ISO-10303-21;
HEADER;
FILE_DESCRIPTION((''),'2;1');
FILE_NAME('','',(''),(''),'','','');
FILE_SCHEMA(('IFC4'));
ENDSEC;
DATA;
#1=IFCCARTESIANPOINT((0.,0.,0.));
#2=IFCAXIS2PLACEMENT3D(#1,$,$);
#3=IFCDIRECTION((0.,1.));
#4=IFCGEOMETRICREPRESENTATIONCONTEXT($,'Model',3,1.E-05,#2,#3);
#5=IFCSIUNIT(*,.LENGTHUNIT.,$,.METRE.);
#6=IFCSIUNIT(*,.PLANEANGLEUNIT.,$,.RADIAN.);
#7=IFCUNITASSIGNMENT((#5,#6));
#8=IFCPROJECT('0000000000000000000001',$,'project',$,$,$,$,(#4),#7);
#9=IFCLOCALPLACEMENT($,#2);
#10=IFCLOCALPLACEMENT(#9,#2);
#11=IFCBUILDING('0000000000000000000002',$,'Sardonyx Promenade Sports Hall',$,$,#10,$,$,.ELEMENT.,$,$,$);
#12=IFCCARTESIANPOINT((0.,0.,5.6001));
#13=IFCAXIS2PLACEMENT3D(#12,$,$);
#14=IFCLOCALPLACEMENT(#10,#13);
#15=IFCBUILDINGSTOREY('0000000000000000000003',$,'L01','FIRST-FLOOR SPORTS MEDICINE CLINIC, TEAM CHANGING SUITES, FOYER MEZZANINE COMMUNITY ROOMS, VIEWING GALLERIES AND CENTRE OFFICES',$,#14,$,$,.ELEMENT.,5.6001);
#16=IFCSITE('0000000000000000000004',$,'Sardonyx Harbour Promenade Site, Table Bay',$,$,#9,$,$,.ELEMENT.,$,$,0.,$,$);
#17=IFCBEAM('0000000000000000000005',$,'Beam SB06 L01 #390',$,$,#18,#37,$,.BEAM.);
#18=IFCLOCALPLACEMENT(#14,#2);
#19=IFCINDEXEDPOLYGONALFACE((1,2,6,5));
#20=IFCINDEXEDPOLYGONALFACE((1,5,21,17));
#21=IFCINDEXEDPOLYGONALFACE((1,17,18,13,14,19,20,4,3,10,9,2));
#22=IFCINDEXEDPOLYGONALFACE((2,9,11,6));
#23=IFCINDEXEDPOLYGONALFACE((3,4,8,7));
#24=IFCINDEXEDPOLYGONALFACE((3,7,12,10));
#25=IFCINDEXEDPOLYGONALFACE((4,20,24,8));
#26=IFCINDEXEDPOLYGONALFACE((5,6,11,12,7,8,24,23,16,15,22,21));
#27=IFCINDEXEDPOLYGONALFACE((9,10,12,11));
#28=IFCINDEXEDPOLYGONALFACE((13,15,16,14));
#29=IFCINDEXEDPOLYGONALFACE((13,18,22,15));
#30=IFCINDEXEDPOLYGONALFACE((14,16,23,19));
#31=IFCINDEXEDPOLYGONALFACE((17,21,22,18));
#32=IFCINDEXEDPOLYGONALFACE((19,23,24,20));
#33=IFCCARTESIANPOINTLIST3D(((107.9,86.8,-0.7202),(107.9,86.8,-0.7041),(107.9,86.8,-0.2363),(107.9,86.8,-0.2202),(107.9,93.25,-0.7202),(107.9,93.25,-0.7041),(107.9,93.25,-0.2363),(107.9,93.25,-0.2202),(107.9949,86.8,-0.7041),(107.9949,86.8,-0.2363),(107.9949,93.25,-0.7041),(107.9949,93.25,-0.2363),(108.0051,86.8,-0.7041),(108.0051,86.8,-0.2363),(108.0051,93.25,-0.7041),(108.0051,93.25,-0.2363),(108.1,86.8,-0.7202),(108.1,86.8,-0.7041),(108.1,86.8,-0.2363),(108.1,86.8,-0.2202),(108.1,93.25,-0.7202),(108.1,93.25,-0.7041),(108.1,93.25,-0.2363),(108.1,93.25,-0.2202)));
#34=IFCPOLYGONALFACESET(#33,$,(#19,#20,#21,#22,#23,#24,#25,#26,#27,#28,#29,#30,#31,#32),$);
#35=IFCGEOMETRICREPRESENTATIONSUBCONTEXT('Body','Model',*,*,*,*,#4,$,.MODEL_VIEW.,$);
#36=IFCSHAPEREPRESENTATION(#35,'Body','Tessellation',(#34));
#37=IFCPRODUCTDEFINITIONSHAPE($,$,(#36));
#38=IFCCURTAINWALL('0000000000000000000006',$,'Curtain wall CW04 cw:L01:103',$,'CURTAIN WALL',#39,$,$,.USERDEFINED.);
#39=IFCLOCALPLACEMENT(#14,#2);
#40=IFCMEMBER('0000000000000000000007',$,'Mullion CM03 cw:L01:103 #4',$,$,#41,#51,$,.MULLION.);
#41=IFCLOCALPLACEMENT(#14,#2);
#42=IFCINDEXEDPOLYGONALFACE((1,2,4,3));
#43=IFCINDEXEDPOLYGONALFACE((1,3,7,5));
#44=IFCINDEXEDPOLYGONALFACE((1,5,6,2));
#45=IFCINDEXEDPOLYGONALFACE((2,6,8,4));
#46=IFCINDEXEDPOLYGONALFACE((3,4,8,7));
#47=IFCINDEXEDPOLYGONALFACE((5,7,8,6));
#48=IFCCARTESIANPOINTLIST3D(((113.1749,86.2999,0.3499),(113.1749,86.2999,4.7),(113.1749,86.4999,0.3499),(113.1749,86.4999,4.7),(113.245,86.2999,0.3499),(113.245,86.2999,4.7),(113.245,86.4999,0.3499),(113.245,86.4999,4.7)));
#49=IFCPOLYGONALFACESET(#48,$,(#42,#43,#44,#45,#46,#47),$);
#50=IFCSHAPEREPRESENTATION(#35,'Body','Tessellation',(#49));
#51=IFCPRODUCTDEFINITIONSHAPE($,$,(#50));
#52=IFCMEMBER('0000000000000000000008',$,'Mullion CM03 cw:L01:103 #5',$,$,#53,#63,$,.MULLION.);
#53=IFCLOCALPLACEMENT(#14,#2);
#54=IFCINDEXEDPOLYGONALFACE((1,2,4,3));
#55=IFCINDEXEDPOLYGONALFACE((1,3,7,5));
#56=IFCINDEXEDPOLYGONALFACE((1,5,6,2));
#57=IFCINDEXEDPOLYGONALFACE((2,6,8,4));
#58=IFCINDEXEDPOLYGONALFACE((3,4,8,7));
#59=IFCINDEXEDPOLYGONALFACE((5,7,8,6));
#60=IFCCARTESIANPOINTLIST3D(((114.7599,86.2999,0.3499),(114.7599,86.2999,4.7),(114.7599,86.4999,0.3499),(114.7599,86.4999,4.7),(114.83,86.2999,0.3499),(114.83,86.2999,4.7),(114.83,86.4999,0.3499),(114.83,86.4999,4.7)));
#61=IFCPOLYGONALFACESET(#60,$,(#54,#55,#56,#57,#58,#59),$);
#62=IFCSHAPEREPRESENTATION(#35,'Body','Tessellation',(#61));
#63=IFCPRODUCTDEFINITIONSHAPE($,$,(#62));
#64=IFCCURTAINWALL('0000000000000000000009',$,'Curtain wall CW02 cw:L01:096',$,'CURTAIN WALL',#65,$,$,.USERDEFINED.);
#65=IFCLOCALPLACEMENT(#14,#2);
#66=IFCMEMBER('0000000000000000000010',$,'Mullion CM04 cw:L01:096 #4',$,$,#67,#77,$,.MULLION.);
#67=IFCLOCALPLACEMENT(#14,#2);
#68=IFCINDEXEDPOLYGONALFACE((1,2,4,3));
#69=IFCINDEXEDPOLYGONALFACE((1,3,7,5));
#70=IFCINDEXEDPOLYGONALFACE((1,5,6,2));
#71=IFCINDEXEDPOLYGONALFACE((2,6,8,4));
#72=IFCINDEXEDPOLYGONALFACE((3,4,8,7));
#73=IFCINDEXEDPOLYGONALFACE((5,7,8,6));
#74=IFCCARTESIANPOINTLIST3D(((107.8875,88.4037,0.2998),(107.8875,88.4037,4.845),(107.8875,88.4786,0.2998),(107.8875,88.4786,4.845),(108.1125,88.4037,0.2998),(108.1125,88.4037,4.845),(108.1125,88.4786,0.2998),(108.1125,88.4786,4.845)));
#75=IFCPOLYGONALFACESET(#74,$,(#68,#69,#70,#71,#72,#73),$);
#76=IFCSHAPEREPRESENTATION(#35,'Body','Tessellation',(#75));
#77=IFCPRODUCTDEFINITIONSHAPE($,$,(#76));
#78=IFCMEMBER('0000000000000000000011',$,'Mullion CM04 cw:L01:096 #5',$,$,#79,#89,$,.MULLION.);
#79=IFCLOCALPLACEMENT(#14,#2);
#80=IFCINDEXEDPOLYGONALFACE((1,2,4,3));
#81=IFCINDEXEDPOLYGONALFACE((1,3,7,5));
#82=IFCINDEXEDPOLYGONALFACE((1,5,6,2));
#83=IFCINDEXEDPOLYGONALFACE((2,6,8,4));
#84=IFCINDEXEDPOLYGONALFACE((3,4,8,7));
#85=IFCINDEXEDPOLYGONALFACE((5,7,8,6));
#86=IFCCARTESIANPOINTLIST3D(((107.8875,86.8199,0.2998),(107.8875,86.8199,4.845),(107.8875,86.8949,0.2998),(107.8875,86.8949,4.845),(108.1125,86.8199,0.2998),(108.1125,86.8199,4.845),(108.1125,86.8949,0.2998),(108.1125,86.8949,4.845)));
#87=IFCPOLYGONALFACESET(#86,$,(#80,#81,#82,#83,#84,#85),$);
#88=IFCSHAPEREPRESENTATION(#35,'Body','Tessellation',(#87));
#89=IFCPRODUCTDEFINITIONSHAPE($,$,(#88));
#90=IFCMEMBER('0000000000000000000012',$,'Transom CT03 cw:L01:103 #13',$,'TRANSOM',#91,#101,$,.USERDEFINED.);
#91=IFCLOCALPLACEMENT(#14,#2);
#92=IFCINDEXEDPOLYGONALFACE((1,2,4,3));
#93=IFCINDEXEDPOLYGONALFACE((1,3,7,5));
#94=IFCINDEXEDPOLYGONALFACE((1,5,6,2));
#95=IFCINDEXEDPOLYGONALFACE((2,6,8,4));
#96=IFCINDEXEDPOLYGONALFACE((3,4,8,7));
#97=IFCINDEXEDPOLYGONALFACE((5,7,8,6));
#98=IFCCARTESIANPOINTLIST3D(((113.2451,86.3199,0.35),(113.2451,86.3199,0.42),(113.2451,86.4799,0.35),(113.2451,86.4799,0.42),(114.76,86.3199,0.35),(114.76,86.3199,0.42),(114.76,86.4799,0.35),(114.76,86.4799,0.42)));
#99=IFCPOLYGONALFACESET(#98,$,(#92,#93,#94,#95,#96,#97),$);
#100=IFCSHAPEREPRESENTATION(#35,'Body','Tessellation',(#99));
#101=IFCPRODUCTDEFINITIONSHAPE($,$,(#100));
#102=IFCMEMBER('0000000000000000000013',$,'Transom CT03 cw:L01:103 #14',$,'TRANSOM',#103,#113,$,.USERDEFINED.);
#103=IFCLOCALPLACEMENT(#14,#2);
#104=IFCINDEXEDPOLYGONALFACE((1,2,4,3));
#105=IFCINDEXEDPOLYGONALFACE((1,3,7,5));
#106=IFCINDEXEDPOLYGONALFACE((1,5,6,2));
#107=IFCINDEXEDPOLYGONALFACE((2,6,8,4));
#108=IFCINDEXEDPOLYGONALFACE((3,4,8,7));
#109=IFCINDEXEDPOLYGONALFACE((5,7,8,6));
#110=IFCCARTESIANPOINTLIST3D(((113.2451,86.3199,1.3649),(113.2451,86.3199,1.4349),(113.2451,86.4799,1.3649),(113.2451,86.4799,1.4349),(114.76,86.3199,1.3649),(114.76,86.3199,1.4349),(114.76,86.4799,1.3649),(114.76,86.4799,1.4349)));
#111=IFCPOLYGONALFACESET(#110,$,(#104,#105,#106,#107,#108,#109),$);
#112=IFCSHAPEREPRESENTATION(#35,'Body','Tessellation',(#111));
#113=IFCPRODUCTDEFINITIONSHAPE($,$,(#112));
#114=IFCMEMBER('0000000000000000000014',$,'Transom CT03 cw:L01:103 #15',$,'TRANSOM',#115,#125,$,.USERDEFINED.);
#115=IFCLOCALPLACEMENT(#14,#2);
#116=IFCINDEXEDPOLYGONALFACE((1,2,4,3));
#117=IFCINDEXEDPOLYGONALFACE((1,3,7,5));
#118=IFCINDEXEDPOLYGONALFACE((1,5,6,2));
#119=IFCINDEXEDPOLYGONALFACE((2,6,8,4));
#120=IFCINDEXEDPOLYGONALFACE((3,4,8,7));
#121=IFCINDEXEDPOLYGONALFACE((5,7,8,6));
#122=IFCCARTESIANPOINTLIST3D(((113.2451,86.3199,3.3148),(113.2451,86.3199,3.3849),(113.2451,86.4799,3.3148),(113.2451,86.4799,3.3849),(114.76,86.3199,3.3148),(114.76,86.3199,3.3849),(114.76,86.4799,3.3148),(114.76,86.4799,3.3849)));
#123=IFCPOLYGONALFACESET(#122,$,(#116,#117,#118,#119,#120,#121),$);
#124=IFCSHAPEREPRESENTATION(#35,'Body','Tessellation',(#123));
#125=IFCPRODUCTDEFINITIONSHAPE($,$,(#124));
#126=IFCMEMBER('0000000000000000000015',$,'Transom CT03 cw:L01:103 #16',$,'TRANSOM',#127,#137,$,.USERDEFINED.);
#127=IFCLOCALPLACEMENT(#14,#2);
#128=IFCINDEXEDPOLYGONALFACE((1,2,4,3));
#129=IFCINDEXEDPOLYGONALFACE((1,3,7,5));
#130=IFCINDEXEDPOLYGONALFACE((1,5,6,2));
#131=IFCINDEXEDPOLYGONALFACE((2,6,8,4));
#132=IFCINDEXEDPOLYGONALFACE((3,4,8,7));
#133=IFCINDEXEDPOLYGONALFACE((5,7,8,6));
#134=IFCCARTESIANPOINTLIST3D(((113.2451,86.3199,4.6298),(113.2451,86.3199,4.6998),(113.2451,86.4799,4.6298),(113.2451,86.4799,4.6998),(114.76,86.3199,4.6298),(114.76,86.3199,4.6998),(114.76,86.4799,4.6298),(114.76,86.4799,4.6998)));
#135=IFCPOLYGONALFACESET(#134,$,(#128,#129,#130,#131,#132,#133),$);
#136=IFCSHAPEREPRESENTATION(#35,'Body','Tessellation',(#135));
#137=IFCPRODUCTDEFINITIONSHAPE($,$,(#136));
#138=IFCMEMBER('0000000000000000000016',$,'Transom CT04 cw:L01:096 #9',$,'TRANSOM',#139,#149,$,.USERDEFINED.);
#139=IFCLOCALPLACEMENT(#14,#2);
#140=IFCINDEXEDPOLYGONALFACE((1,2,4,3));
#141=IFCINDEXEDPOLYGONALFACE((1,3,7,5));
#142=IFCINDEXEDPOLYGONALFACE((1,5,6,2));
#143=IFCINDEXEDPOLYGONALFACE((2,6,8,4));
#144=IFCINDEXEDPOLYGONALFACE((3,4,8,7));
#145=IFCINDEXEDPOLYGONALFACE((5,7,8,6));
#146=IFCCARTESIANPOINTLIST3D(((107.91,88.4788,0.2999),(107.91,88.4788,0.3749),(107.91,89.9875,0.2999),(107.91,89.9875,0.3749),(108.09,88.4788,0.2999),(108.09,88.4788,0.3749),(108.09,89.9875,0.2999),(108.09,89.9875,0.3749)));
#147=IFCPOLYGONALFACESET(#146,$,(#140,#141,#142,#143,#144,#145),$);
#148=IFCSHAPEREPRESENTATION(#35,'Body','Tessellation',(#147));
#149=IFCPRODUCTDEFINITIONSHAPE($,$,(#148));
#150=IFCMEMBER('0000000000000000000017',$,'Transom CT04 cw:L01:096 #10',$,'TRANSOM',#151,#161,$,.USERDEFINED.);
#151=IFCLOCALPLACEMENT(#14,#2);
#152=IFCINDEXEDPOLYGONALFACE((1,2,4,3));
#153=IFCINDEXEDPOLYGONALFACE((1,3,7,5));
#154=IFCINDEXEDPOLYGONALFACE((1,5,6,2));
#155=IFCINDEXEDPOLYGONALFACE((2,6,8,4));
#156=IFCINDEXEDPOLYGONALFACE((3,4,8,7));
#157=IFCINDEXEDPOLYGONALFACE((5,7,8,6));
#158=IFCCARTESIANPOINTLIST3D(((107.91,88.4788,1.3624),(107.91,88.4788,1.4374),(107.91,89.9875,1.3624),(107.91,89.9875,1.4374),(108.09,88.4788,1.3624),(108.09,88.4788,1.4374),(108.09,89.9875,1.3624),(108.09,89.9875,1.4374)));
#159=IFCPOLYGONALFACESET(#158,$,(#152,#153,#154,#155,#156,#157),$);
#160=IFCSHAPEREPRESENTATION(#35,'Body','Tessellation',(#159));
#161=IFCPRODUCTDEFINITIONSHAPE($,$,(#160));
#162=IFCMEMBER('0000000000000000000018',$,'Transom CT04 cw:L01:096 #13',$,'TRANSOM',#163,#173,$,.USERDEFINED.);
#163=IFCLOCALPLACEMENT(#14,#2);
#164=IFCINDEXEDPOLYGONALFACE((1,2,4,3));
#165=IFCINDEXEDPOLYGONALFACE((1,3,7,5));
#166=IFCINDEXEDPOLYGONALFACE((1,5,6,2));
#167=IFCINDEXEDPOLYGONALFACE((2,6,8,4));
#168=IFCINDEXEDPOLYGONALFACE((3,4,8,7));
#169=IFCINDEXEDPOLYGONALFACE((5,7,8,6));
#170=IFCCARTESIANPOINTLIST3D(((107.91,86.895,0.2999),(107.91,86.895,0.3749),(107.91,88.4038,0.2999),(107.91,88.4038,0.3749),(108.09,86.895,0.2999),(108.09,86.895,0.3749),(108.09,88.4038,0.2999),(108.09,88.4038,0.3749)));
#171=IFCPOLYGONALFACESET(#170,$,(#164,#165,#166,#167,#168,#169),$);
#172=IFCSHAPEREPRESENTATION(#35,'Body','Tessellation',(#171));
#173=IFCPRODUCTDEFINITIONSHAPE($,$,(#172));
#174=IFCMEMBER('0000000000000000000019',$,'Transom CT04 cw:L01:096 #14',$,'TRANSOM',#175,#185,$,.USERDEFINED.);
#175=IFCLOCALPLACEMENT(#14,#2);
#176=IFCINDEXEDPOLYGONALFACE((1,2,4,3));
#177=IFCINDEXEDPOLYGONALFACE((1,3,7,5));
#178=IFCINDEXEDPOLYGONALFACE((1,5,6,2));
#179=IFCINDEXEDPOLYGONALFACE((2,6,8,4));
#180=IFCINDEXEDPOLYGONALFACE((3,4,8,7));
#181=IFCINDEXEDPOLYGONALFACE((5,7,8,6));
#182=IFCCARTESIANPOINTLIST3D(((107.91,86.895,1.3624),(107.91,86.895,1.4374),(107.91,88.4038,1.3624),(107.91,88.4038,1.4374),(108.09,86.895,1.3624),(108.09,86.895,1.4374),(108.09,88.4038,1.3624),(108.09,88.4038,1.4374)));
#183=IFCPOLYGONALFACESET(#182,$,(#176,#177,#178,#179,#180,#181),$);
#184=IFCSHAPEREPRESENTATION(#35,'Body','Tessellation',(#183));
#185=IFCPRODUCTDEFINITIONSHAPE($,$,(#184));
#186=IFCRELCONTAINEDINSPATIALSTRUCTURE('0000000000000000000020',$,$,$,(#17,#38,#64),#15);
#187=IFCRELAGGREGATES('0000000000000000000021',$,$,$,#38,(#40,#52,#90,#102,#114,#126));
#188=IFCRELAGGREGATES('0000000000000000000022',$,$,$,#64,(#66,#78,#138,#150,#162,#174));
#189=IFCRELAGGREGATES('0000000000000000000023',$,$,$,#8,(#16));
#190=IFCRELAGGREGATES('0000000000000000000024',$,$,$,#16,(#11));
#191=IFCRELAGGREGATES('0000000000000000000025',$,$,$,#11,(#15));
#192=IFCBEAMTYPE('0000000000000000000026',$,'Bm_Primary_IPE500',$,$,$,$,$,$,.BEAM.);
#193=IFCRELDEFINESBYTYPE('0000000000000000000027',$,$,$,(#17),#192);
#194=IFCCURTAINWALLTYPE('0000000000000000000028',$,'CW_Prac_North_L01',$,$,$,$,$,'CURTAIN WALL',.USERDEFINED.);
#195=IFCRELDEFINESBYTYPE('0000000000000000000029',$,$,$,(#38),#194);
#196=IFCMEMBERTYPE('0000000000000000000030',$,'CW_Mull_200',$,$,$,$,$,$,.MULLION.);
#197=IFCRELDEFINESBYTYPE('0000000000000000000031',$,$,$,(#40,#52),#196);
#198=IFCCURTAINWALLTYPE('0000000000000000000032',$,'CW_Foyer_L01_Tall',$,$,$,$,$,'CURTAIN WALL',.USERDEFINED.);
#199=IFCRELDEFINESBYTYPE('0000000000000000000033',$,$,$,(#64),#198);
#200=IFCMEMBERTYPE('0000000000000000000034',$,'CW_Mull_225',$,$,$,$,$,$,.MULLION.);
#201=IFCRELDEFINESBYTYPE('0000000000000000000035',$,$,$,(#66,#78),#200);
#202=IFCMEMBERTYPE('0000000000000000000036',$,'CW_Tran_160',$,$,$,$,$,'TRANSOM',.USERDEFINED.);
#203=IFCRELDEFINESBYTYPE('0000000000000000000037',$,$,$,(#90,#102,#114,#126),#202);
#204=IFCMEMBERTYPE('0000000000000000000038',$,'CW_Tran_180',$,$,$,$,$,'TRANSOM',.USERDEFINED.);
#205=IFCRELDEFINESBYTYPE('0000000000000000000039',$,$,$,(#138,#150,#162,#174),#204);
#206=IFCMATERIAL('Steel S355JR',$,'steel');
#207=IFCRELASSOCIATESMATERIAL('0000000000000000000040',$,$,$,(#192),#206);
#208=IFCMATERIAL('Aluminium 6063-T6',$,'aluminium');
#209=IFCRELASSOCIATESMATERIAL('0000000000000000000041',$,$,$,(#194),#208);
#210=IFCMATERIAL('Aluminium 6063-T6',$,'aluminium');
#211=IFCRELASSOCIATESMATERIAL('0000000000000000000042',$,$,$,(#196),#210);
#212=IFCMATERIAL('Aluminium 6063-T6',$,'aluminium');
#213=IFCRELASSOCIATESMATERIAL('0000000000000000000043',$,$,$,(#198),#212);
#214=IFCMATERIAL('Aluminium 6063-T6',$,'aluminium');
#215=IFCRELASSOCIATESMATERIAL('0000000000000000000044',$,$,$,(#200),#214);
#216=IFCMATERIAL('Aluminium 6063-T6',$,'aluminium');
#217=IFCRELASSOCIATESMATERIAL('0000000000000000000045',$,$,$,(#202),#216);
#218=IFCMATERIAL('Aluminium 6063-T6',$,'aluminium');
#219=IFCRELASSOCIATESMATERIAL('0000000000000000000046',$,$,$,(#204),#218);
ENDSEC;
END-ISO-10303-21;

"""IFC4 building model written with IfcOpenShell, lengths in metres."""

from ifc_helpers import new_model, si_unit, direction, frame, origin, origin_2d, place, context, subcontext, project, spatial, rectangle, i_section, extrude, material, material_profile, profile_set, type_object, element, aggregate, save


model = new_model("IFC4")

# Units and contexts
model_context = context("Model", 3, precision=1e-05, world=origin(), true_north=direction((0.0, 1.0)))
body_context = subcontext(model_context, "Body", "Model", "MODEL_VIEW")
ifc_project = project(units=[si_unit("LENGTHUNIT", "METRE"), si_unit("PLANEANGLEUNIT", "RADIAN")], contexts=[model_context])

# Site, building, storey
site_placement = place(None, origin())
site = spatial("IfcSite", under=ifc_project, at=site_placement, Name="Sardonyx Harbour Promenade Site, Table Bay", CompositionType="ELEMENT", RefElevation=0.0)
building_placement = place(site_placement, origin())
building = spatial("IfcBuilding", under=site, at=building_placement, Name="Sardonyx Promenade Sports Hall", CompositionType="ELEMENT")
storey_placement = place(building_placement, frame((0.0, 0.0, 5.6001)))
storey = spatial("IfcBuildingStorey", under=building, at=storey_placement, Name="L01", Description="FIRST-FLOOR SPORTS MEDICINE CLINIC, TEAM CHANGING SUITES, FOYER MEZZANINE COMMUNITY ROOMS, VIEWING GALLERIES AND CENTRE OFFICES", CompositionType="ELEMENT", Elevation=5.6001)

# Beam
ifc_material_1 = material(Name="Steel S355JR", Category="steel")
ifc_material_profile_1 = material_profile(ifc_material_1, i_section(OverallWidth=0.2, OverallDepth=0.5, WebThickness=0.0103, FlangeThickness=0.0161, at=origin_2d()))
ifc_profile_set_1 = profile_set([ifc_material_profile_1], Name="Steel S355JR")
beam_type = type_object("IfcBeamType", Name="Bm_Primary_IPE500", PredefinedType="BEAM", material=ifc_profile_set_1)
beam_placement = place(storey_placement, frame((108.0, 86.8, -0.4702), z_axis=(0.0, 1.0, 0.0), x_axis=(-1.0, 0.0, 0.0)))
element("IfcBeam", 1, at=beam_placement, inside=storey, type_object=beam_type, Name="Beam SB06 L01 #390", PredefinedType="BEAM", context=body_context, shape_type="SweptSolid", body=[
    extrude(i_section(OverallWidth=0.2, OverallDepth=0.5, WebThickness=0.0103, FlangeThickness=0.0161, at=origin_2d()), origin(), (0.0, 0.0, 1.0), 6.45),
])

# Curtain walls, members
ifc_material_2 = material(Name="Aluminium 6063-T6", Category="aluminium")
curtain_wall_type_1 = type_object("IfcCurtainWallType", Name="CW_Prac_North_L01", ElementType="CURTAIN WALL", PredefinedType="USERDEFINED", material=ifc_material_2)
curtain_wall_1_placement = place(storey_placement, origin())
curtain_wall_1 = element("IfcCurtainWall", 2, at=curtain_wall_1_placement, inside=storey, type_object=curtain_wall_type_1, Name="Curtain wall CW04 cw:L01:103", ObjectType="CURTAIN WALL", PredefinedType="USERDEFINED")
ifc_material_3 = material(Name="Aluminium 6063-T6", Category="aluminium")
ifc_material_profile_2 = material_profile(ifc_material_3, rectangle(XDim=0.0701, YDim=0.2, at=origin_2d()))
ifc_profile_set_2 = profile_set([ifc_material_profile_2], Name="Aluminium 6063-T6")
member_type_1 = type_object("IfcMemberType", Name="CW_Mull_200", PredefinedType="MULLION", material=ifc_profile_set_2)
member_1_placement = place(storey_placement, frame((113.21, 86.3999, 0.3499), z_axis=(0.0, 0.0, 1.0), x_axis=(1.0, 0.0, 0.0)))
member_1 = element("IfcMember", 3, at=member_1_placement, type_object=member_type_1, Name="Mullion CM03 cw:L01:103 #4", PredefinedType="MULLION", context=body_context, shape_type="SweptSolid", body=[
    extrude(rectangle(XDim=0.0701, YDim=0.2, at=origin_2d()), origin(), (0.0, 0.0, 1.0), 4.3501),
])
member_2_placement = place(storey_placement, frame((114.7949, 86.3999, 0.3499), z_axis=(0.0, 0.0, 1.0), x_axis=(1.0, 0.0, 0.0)))
member_2 = element("IfcMember", 4, at=member_2_placement, type_object=member_type_1, Name="Mullion CM03 cw:L01:103 #5", PredefinedType="MULLION", context=body_context, shape_type="SweptSolid", body=[
    extrude(rectangle(XDim=0.0701, YDim=0.2, at=origin_2d()), origin(), (0.0, 0.0, 1.0), 4.3501),
])
ifc_material_4 = material(Name="Aluminium 6063-T6", Category="aluminium")
curtain_wall_type_2 = type_object("IfcCurtainWallType", Name="CW_Foyer_L01_Tall", ElementType="CURTAIN WALL", PredefinedType="USERDEFINED", material=ifc_material_4)
curtain_wall_2_placement = place(storey_placement, origin())
curtain_wall_2 = element("IfcCurtainWall", 5, at=curtain_wall_2_placement, inside=storey, type_object=curtain_wall_type_2, Name="Curtain wall CW02 cw:L01:096", ObjectType="CURTAIN WALL", PredefinedType="USERDEFINED")
ifc_material_5 = material(Name="Aluminium 6063-T6", Category="aluminium")
ifc_material_profile_3 = material_profile(ifc_material_5, rectangle(XDim=0.075, YDim=0.2251, at=origin_2d()))
ifc_profile_set_3 = profile_set([ifc_material_profile_3], Name="Aluminium 6063-T6")
member_type_2 = type_object("IfcMemberType", Name="CW_Mull_225", PredefinedType="MULLION", material=ifc_profile_set_3)
member_3_placement = place(storey_placement, frame((108.0, 88.4412, 0.2998), z_axis=(0.0, 0.0, 1.0), x_axis=(0.0, -1.0, 0.0)))
member_3 = element("IfcMember", 6, at=member_3_placement, type_object=member_type_2, Name="Mullion CM04 cw:L01:096 #4", PredefinedType="MULLION", context=body_context, shape_type="SweptSolid", body=[
    extrude(rectangle(XDim=0.075, YDim=0.2251, at=origin_2d()), origin(), (0.0, 0.0, 1.0), 4.5452),
])
member_4_placement = place(storey_placement, frame((108.0, 86.8574, 0.2998), z_axis=(0.0, 0.0, 1.0), x_axis=(0.0, -1.0, 0.0)))
member_4 = element("IfcMember", 7, at=member_4_placement, type_object=member_type_2, Name="Mullion CM04 cw:L01:096 #5", PredefinedType="MULLION", context=body_context, shape_type="SweptSolid", body=[
    extrude(rectangle(XDim=0.075, YDim=0.2251, at=origin_2d()), origin(), (0.0, 0.0, 1.0), 4.5452),
])

# Members
ifc_material_6 = material(Name="Aluminium 6063-T6", Category="aluminium")
ifc_material_profile_4 = material_profile(ifc_material_6, rectangle(XDim=0.0701, YDim=0.1599, at=origin_2d()))
ifc_profile_set_4 = profile_set([ifc_material_profile_4], Name="Aluminium 6063-T6")
member_type_3 = type_object("IfcMemberType", Name="CW_Tran_160", ElementType="TRANSOM", PredefinedType="USERDEFINED", material=ifc_profile_set_4)
member_5_placement = place(storey_placement, frame((113.2451, 86.3999, 0.385), z_axis=(1.0, 0.0, 0.0), x_axis=(0.0, 0.0, 1.0)))
member_5 = element("IfcMember", 8, at=member_5_placement, type_object=member_type_3, Name="Transom CT03 cw:L01:103 #13", ObjectType="TRANSOM", PredefinedType="USERDEFINED", context=body_context, shape_type="SweptSolid", body=[
    extrude(rectangle(XDim=0.0701, YDim=0.1599, at=origin_2d()), origin(), (0.0, 0.0, 1.0), 1.5149),
])
member_6_placement = place(storey_placement, frame((113.2451, 86.3999, 1.3999), z_axis=(1.0, 0.0, 0.0), x_axis=(0.0, 0.0, 1.0)))
member_6 = element("IfcMember", 9, at=member_6_placement, type_object=member_type_3, Name="Transom CT03 cw:L01:103 #14", ObjectType="TRANSOM", PredefinedType="USERDEFINED", context=body_context, shape_type="SweptSolid", body=[
    extrude(rectangle(XDim=0.0701, YDim=0.1599, at=origin_2d()), origin(), (0.0, 0.0, 1.0), 1.5149),
])
member_7_placement = place(storey_placement, frame((113.2451, 86.3999, 3.3499), z_axis=(1.0, 0.0, 0.0), x_axis=(0.0, 0.0, 1.0)))
member_7 = element("IfcMember", 10, at=member_7_placement, type_object=member_type_3, Name="Transom CT03 cw:L01:103 #15", ObjectType="TRANSOM", PredefinedType="USERDEFINED", context=body_context, shape_type="SweptSolid", body=[
    extrude(rectangle(XDim=0.0701, YDim=0.1599, at=origin_2d()), origin(), (0.0, 0.0, 1.0), 1.5149),
])
member_8_placement = place(storey_placement, frame((113.2451, 86.3999, 4.6648), z_axis=(1.0, 0.0, 0.0), x_axis=(0.0, 0.0, 1.0)))
member_8 = element("IfcMember", 11, at=member_8_placement, type_object=member_type_3, Name="Transom CT03 cw:L01:103 #16", ObjectType="TRANSOM", PredefinedType="USERDEFINED", context=body_context, shape_type="SweptSolid", body=[
    extrude(rectangle(XDim=0.0701, YDim=0.1599, at=origin_2d()), origin(), (0.0, 0.0, 1.0), 1.5149),
])
ifc_material_7 = material(Name="Aluminium 6063-T6", Category="aluminium")
ifc_material_profile_5 = material_profile(ifc_material_7, rectangle(XDim=0.075, YDim=0.1799, at=origin_2d()))
ifc_profile_set_5 = profile_set([ifc_material_profile_5], Name="Aluminium 6063-T6")
member_type_4 = type_object("IfcMemberType", Name="CW_Tran_180", ElementType="TRANSOM", PredefinedType="USERDEFINED", material=ifc_profile_set_5)
member_9_placement = place(storey_placement, frame((108.0, 89.9875, 0.3374), z_axis=(0.0, -1.0, 0.0), x_axis=(0.0, 0.0, 1.0)))
member_9 = element("IfcMember", 12, at=member_9_placement, type_object=member_type_4, Name="Transom CT04 cw:L01:096 #9", ObjectType="TRANSOM", PredefinedType="USERDEFINED", context=body_context, shape_type="SweptSolid", body=[
    extrude(rectangle(XDim=0.075, YDim=0.1799, at=origin_2d()), origin(), (0.0, 0.0, 1.0), 1.5088),
])
member_10_placement = place(storey_placement, frame((108.0, 89.9875, 1.3999), z_axis=(0.0, -1.0, 0.0), x_axis=(0.0, 0.0, 1.0)))
member_10 = element("IfcMember", 13, at=member_10_placement, type_object=member_type_4, Name="Transom CT04 cw:L01:096 #10", ObjectType="TRANSOM", PredefinedType="USERDEFINED", context=body_context, shape_type="SweptSolid", body=[
    extrude(rectangle(XDim=0.075, YDim=0.1799, at=origin_2d()), origin(), (0.0, 0.0, 1.0), 1.5088),
])
member_11_placement = place(storey_placement, frame((108.0, 88.4038, 0.3374), z_axis=(0.0, -1.0, 0.0), x_axis=(0.0, 0.0, 1.0)))
member_11 = element("IfcMember", 14, at=member_11_placement, type_object=member_type_4, Name="Transom CT04 cw:L01:096 #13", ObjectType="TRANSOM", PredefinedType="USERDEFINED", context=body_context, shape_type="SweptSolid", body=[
    extrude(rectangle(XDim=0.075, YDim=0.1799, at=origin_2d()), origin(), (0.0, 0.0, 1.0), 1.5088),
])
member_12_placement = place(storey_placement, frame((108.0, 88.4038, 1.3999), z_axis=(0.0, -1.0, 0.0), x_axis=(0.0, 0.0, 1.0)))
member_12 = element("IfcMember", 15, at=member_12_placement, type_object=member_type_4, Name="Transom CT04 cw:L01:096 #14", ObjectType="TRANSOM", PredefinedType="USERDEFINED", context=body_context, shape_type="SweptSolid", body=[
    extrude(rectangle(XDim=0.075, YDim=0.1799, at=origin_2d()), origin(), (0.0, 0.0, 1.0), 1.5088),
])

aggregate(curtain_wall_1, [member_1, member_2, member_5, member_6, member_7, member_8])
aggregate(curtain_wall_2, [member_3, member_4, member_9, member_10, member_11, member_12])

save(model, "model.ifc")
